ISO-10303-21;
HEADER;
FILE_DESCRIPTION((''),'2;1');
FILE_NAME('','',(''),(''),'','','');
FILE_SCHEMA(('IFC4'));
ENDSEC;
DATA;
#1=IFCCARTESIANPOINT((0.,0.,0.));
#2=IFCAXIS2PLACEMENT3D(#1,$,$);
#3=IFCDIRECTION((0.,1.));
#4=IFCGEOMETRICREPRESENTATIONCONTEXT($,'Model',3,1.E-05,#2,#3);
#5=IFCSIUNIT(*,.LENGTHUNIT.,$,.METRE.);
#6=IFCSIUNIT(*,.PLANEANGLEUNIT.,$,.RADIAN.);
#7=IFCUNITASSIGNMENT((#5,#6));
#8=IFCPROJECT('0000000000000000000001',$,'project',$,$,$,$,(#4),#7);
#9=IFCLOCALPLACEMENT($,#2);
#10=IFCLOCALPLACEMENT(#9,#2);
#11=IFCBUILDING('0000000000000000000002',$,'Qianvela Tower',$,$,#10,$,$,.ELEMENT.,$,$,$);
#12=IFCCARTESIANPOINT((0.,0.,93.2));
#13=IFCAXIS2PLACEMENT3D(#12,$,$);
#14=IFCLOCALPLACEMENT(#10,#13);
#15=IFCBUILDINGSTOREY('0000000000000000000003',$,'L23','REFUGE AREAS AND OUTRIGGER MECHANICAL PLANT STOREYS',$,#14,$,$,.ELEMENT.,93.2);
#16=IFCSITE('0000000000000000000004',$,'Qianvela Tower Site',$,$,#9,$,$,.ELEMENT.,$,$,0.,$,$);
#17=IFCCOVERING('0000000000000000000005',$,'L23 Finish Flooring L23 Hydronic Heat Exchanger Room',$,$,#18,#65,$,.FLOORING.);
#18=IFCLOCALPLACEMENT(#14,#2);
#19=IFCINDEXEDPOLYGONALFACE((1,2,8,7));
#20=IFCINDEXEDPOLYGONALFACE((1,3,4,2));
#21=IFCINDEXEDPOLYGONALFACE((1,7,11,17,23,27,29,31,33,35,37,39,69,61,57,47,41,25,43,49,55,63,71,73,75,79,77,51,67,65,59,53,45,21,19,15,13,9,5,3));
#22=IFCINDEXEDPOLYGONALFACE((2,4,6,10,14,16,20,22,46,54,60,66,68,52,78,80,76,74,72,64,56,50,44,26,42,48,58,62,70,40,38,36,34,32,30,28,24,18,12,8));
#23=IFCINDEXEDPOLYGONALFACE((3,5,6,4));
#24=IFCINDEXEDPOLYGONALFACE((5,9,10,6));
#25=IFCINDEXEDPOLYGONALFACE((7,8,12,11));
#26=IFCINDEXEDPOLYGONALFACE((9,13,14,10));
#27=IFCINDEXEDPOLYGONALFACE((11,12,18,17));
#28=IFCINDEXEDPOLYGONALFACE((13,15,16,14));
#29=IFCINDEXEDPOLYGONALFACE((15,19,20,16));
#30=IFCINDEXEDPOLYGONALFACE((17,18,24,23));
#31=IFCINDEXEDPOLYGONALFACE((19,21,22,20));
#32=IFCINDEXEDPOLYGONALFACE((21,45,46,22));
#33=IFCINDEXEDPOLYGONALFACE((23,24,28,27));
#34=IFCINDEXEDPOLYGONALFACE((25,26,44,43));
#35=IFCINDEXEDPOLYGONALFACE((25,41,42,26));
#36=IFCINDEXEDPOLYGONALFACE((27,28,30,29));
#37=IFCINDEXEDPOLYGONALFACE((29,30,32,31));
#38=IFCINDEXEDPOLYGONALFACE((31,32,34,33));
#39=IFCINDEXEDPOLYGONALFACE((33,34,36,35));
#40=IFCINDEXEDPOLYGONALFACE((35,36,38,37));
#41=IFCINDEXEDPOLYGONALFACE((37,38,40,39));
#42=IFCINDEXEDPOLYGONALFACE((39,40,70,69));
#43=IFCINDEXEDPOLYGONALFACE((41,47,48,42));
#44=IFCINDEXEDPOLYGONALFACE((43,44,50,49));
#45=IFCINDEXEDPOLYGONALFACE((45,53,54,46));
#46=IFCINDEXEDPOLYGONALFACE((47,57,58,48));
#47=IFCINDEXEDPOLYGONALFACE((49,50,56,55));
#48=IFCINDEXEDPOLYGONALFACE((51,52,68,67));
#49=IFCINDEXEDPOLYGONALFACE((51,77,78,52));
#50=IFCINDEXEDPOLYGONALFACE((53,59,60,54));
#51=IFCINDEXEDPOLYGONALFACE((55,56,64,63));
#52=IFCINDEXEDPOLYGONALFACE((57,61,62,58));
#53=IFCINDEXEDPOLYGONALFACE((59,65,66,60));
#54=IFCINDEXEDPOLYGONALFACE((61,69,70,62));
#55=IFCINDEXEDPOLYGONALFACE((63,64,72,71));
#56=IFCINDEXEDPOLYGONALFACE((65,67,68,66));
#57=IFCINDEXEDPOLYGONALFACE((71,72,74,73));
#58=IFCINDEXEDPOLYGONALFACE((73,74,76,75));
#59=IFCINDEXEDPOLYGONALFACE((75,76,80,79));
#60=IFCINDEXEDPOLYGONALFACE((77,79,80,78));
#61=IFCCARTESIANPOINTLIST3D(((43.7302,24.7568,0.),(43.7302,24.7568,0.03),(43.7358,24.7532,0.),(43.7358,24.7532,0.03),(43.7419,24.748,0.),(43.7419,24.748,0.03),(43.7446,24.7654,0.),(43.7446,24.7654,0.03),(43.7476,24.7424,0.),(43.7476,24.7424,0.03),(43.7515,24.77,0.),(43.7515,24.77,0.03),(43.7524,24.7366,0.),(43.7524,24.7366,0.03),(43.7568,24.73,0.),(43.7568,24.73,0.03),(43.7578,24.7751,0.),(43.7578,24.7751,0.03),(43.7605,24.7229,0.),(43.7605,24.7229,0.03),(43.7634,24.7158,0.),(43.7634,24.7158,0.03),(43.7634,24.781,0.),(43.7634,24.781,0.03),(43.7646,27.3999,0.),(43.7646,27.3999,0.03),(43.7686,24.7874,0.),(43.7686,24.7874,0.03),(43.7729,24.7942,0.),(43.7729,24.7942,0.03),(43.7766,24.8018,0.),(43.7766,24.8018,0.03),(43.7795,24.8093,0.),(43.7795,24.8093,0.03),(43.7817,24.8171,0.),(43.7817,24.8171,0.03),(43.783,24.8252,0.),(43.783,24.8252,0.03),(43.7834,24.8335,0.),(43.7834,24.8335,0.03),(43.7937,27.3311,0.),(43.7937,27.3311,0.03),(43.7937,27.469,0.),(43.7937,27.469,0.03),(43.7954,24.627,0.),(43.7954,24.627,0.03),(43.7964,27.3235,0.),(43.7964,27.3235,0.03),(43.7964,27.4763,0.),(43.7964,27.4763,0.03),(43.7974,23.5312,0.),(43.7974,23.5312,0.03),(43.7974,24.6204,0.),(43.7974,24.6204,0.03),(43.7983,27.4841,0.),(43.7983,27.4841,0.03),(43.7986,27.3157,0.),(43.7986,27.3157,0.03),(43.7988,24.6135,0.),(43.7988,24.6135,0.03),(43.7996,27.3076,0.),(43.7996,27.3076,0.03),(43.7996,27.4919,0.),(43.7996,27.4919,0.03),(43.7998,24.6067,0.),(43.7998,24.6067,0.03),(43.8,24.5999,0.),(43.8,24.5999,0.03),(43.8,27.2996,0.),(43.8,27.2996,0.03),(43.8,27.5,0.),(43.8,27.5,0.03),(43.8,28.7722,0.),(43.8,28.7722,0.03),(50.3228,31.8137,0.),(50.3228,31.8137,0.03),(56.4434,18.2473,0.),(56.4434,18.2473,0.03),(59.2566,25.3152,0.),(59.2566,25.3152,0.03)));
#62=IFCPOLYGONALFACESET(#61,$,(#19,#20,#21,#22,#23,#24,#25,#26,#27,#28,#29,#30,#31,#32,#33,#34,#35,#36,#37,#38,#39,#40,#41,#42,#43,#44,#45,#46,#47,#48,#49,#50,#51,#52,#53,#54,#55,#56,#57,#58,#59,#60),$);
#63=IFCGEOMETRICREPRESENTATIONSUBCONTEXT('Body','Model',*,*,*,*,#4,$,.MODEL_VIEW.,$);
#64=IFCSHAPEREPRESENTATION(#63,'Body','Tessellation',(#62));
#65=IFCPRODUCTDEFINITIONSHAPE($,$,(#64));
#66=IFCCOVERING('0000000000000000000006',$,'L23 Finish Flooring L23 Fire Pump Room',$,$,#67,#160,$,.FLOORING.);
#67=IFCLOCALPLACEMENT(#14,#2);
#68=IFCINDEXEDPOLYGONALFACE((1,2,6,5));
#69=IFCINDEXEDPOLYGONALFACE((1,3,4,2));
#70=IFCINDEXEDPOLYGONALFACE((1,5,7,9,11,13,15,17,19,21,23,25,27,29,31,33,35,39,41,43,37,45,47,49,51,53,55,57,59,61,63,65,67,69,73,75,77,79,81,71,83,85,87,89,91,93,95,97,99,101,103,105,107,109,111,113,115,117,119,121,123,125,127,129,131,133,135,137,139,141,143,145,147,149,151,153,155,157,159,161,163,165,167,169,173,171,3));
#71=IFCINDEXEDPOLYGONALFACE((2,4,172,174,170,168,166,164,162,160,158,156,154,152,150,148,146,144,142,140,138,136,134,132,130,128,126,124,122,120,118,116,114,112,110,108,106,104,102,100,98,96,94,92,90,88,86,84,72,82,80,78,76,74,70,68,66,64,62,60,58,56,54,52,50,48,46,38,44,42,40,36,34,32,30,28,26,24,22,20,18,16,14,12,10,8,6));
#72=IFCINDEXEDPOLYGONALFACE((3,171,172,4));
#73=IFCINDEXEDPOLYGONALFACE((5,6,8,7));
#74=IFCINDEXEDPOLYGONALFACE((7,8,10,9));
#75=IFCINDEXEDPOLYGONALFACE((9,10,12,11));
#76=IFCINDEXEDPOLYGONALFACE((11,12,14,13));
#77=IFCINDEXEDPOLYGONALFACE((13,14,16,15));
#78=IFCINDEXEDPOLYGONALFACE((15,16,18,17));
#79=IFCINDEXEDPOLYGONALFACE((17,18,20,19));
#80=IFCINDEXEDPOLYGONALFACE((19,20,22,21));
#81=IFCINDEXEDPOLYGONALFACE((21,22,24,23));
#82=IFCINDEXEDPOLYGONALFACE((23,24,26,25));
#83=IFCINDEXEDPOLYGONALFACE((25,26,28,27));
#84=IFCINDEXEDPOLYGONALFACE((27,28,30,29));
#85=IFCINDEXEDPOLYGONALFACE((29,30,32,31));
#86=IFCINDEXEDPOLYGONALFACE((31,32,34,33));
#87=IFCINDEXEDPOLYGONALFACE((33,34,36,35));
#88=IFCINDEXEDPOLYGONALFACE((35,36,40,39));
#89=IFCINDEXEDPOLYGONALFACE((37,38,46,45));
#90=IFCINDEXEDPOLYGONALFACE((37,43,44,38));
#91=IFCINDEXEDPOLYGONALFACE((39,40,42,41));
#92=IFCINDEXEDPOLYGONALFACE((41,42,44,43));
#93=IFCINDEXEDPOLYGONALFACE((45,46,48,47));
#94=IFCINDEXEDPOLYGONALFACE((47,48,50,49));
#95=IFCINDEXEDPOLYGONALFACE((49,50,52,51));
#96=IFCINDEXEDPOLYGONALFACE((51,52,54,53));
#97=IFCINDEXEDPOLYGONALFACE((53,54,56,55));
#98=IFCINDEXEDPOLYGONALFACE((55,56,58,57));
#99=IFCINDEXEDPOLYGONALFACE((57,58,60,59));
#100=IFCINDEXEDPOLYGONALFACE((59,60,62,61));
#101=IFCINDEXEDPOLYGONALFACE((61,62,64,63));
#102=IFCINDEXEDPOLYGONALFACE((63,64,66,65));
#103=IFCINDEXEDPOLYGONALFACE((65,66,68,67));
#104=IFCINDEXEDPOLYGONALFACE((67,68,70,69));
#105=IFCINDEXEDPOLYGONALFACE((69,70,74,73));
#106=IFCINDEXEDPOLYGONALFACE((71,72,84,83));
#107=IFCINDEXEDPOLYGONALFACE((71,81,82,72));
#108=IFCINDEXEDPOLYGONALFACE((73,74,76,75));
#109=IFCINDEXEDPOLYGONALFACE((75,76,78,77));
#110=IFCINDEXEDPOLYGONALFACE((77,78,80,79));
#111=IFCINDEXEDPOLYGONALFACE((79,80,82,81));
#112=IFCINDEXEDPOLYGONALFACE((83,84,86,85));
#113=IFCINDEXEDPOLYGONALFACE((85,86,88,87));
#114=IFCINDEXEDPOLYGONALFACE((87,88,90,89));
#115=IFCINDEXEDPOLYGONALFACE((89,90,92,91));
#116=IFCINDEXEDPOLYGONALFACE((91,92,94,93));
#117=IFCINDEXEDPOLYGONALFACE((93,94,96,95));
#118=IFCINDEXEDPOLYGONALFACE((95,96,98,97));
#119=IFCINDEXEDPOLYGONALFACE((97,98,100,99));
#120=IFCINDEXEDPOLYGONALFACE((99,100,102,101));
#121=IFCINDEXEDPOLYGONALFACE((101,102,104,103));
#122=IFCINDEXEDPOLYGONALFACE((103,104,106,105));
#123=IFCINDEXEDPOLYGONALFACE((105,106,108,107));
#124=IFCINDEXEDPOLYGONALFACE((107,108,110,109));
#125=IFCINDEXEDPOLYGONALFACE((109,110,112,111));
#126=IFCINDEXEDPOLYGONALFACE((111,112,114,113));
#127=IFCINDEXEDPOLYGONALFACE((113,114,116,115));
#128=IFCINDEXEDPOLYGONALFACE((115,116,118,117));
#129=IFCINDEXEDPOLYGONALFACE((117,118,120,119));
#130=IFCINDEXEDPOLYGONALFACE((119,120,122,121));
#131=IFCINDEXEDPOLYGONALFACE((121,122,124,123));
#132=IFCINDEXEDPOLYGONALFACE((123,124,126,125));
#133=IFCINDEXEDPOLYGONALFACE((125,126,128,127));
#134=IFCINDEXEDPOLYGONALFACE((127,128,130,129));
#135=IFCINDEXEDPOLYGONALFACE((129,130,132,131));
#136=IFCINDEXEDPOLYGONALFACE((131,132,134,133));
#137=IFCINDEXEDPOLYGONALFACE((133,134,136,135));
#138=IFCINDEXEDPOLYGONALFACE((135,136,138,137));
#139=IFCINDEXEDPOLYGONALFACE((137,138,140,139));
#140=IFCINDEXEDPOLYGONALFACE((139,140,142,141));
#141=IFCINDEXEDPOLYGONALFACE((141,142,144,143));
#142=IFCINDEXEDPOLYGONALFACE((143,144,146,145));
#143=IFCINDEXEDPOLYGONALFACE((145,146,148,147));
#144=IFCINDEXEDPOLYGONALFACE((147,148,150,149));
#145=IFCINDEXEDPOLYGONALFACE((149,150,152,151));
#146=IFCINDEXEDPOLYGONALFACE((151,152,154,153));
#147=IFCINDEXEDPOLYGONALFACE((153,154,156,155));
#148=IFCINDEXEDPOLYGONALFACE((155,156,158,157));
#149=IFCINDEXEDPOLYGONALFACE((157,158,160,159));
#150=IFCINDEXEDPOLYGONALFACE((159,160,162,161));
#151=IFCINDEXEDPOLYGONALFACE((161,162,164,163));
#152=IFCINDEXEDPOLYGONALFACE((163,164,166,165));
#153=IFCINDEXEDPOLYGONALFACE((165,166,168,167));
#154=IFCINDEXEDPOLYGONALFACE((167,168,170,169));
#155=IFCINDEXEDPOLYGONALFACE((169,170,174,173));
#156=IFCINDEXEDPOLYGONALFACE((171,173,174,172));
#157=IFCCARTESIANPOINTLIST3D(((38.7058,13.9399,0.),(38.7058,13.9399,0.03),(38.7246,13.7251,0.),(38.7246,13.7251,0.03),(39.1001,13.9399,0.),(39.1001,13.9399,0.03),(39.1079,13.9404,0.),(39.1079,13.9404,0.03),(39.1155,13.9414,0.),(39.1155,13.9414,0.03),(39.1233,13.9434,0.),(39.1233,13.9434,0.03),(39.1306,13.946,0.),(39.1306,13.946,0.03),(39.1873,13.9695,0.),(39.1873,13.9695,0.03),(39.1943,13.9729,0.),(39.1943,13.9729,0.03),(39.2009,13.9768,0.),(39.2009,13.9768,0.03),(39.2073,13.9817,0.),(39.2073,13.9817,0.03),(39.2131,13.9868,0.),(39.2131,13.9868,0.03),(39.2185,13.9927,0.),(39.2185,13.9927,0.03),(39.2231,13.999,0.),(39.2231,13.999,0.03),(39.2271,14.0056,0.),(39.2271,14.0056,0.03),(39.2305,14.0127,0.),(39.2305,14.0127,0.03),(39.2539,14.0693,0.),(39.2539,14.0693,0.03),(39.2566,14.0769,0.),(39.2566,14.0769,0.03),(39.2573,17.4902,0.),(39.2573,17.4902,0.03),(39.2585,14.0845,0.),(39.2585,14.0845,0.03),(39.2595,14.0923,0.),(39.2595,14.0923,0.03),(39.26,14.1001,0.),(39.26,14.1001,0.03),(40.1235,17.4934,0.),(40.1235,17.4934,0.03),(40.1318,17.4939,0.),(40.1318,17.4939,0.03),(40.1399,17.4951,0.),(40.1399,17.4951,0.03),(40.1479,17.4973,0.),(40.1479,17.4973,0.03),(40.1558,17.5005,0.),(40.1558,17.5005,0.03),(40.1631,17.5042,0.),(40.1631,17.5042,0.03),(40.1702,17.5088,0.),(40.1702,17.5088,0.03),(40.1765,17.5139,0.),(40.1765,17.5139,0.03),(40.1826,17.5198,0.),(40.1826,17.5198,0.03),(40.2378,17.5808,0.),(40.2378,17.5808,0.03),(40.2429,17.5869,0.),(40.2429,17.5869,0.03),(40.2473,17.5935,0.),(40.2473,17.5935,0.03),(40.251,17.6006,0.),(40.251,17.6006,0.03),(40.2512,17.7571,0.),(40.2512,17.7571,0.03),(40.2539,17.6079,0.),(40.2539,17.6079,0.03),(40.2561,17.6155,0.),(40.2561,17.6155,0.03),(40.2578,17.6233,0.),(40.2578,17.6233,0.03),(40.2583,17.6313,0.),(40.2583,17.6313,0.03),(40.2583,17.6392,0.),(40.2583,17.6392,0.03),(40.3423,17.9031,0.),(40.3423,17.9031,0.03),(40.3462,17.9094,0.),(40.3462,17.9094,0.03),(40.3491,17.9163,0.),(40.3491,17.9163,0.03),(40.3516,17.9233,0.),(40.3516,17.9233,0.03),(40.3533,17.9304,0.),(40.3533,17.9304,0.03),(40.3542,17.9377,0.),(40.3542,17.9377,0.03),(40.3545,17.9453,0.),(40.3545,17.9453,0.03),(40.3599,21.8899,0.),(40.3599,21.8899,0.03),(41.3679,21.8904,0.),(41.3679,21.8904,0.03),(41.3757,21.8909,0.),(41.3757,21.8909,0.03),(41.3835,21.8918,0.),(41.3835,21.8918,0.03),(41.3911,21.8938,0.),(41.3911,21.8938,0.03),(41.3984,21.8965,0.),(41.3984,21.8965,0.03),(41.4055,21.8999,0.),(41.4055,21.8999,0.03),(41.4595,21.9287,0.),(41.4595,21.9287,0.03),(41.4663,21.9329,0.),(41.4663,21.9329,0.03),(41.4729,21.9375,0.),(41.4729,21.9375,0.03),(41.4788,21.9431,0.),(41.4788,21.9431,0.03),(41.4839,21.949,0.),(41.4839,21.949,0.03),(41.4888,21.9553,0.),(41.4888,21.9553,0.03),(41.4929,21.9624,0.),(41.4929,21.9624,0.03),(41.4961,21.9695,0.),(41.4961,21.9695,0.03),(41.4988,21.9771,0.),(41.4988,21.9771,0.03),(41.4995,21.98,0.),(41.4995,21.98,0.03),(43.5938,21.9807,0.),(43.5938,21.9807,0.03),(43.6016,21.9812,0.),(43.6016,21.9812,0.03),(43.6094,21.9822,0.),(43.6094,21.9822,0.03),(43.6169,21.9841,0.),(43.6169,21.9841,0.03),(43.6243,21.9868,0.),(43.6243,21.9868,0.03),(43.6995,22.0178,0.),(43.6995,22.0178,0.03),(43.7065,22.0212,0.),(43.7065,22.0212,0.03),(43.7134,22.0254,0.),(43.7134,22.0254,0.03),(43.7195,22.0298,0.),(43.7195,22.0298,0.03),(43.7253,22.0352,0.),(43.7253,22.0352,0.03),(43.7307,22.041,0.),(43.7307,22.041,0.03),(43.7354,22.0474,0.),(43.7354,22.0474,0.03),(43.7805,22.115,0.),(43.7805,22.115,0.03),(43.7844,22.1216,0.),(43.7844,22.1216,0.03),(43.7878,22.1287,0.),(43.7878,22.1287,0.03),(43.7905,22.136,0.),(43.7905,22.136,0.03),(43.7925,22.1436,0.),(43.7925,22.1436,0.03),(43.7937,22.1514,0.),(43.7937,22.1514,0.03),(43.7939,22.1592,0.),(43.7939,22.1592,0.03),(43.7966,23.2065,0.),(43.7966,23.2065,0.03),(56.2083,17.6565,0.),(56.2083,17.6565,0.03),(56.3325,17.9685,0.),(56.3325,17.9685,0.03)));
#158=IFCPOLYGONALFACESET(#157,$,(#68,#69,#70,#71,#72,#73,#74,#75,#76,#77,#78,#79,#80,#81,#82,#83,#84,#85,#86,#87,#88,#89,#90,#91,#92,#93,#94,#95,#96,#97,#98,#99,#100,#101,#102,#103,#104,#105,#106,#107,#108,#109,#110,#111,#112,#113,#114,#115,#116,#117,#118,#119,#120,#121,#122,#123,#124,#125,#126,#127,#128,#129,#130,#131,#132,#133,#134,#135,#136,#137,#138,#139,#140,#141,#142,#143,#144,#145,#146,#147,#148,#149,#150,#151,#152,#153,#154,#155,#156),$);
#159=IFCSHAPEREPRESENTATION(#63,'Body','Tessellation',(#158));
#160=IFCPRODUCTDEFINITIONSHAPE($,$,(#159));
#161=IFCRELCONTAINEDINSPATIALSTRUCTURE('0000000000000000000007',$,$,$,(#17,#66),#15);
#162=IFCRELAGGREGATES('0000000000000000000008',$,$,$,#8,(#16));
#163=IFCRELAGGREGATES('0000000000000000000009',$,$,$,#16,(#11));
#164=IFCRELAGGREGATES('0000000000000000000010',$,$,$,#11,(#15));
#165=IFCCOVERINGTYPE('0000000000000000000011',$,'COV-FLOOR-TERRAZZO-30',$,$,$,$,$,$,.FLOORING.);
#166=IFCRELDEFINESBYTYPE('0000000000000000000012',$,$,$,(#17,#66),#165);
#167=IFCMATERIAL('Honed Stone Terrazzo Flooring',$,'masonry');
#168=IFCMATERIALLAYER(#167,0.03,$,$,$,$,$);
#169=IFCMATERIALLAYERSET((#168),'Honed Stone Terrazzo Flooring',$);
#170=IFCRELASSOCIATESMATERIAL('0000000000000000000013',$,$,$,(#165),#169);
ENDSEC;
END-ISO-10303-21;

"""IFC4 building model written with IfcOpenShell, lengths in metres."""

from ifc_helpers import new_model, si_unit, direction, frame, origin, place, context, subcontext, project, spatial, polyline, outline, extrude, material, layer, layer_set, type_object, element, save


model = new_model("IFC4")

# Units and contexts
model_context = context("Model", 3, precision=1e-05, world=origin(), true_north=direction((0.0, 1.0)))
body_context = subcontext(model_context, "Body", "Model", "MODEL_VIEW")
ifc_project = project(units=[si_unit("LENGTHUNIT", "METRE"), si_unit("PLANEANGLEUNIT", "RADIAN")], contexts=[model_context])

# Site, building, storey
site_placement = place(None, origin())
site = spatial("IfcSite", under=ifc_project, at=site_placement, Name="Qianvela Tower Site", CompositionType="ELEMENT", RefElevation=0.0)
building_placement = place(site_placement, origin())
building = spatial("IfcBuilding", under=site, at=building_placement, Name="Qianvela Tower", CompositionType="ELEMENT")
storey_placement = place(building_placement, frame((0.0, 0.0, 93.2)))
storey = spatial("IfcBuildingStorey", under=building, at=storey_placement, Name="L23", Description="REFUGE AREAS AND OUTRIGGER MECHANICAL PLANT STOREYS", CompositionType="ELEMENT", Elevation=93.2)

# Coverings
ifc_material_1 = material(Name="Honed Stone Terrazzo Flooring", Category="masonry")
ifc_layer_1 = layer(ifc_material_1, 0.03)
ifc_layer_set_1 = layer_set([ifc_layer_1], Name="Honed Stone Terrazzo Flooring")
covering_type_1 = type_object("IfcCoveringType", Name="COV-FLOOR-TERRAZZO-30", PredefinedType="FLOORING", material=ifc_layer_set_1)
covering_1_placement = place(storey_placement, origin())
element("IfcCovering", 1, at=covering_1_placement, inside=storey, type_object=covering_type_1, Name="L23 Finish Flooring L23 Hydronic Heat Exchanger Room", PredefinedType="FLOORING", context=body_context, shape_type="SweptSolid", body=[
    extrude(outline(polyline([(43.7302, 24.7568), (43.7446, 24.7654), (43.7515, 24.77), (43.7578, 24.7751), (43.7634, 24.781), (43.7686, 24.7874), (43.7729, 24.7942), (43.7766, 24.8018), (43.7795, 24.8093), (43.7817, 24.8171), (43.783, 24.8252), (43.7834, 24.8335), (43.8, 27.2996), (43.7996, 27.3076), (43.7986, 27.3157), (43.7964, 27.3235), (43.7937, 27.3311), (43.7646, 27.3999), (43.7937, 27.469), (43.7964, 27.4763), (43.7983, 27.4841), (43.7996, 27.4919), (43.8, 27.5), (43.8, 28.7722), (50.3228, 31.8137), (59.2566, 25.3152), (56.4434, 18.2473), (43.7974, 23.5312), (43.8, 24.5999), (43.7998, 24.6067), (43.7988, 24.6135), (43.7974, 24.6204), (43.7954, 24.627), (43.7634, 24.7158), (43.7605, 24.7229), (43.7568, 24.73), (43.7524, 24.7366), (43.7476, 24.7424), (43.7419, 24.748), (43.7358, 24.7532), (43.7302, 24.7568)])), origin(), (0.0, 0.0, 1.0), 0.03),
])
covering_2_placement = place(storey_placement, origin())
element("IfcCovering", 2, at=covering_2_placement, inside=storey, type_object=covering_type_1, Name="L23 Finish Flooring L23 Fire Pump Room", PredefinedType="FLOORING", context=body_context, shape_type="SweptSolid", body=[
    extrude(outline(polyline([(39.2539, 14.0693), (39.2566, 14.0769), (39.2585, 14.0845), (39.2595, 14.0923), (39.26, 14.1001), (39.2573, 17.4902), (40.1235, 17.4934), (40.1318, 17.4939), (40.1399, 17.4951), (40.1479, 17.4973), (40.1558, 17.5005), (40.1631, 17.5042), (40.1702, 17.5088), (40.1765, 17.5139), (40.1826, 17.5198), (40.2378, 17.5808), (40.2429, 17.5869), (40.2473, 17.5935), (40.251, 17.6006), (40.2539, 17.6079), (40.2561, 17.6155), (40.2578, 17.6233), (40.2583, 17.6313), (40.2583, 17.6392), (40.2512, 17.7571), (40.3423, 17.9031), (40.3462, 17.9094), (40.3491, 17.9163), (40.3516, 17.9233), (40.3533, 17.9304), (40.3542, 17.9377), (40.3545, 17.9453), (40.3599, 21.8899), (41.3679, 21.8904), (41.3757, 21.8909), (41.3835, 21.8918), (41.3911, 21.8938), (41.3984, 21.8965), (41.4055, 21.8999), (41.4595, 21.9287), (41.4663, 21.9329), (41.4729, 21.9375), (41.4788, 21.9431), (41.4839, 21.949), (41.4888, 21.9553), (41.4929, 21.9624), (41.4961, 21.9695), (41.4988, 21.9771), (41.4995, 21.98), (43.5938, 21.9807), (43.6016, 21.9812), (43.6094, 21.9822), (43.6169, 21.9841), (43.6243, 21.9868), (43.6995, 22.0178), (43.7065, 22.0212), (43.7134, 22.0254), (43.7195, 22.0298), (43.7253, 22.0352), (43.7307, 22.041), (43.7354, 22.0474), (43.7805, 22.115), (43.7844, 22.1216), (43.7878, 22.1287), (43.7905, 22.136), (43.7925, 22.1436), (43.7937, 22.1514), (43.7939, 22.1592), (43.7966, 23.2065), (56.3325, 17.9685), (56.2083, 17.6565), (38.7246, 13.7251), (38.7058, 13.9399), (39.1001, 13.9399), (39.1079, 13.9404), (39.1155, 13.9414), (39.1233, 13.9434), (39.1306, 13.946), (39.1873, 13.9695), (39.1943, 13.9729), (39.2009, 13.9768), (39.2073, 13.9817), (39.2131, 13.9868), (39.2185, 13.9927), (39.2231, 13.999), (39.2271, 14.0056), (39.2305, 14.0127), (39.2539, 14.0693)])), origin(), (0.0, 0.0, 1.0), 0.03),
])

save(model, "model.ifc")
